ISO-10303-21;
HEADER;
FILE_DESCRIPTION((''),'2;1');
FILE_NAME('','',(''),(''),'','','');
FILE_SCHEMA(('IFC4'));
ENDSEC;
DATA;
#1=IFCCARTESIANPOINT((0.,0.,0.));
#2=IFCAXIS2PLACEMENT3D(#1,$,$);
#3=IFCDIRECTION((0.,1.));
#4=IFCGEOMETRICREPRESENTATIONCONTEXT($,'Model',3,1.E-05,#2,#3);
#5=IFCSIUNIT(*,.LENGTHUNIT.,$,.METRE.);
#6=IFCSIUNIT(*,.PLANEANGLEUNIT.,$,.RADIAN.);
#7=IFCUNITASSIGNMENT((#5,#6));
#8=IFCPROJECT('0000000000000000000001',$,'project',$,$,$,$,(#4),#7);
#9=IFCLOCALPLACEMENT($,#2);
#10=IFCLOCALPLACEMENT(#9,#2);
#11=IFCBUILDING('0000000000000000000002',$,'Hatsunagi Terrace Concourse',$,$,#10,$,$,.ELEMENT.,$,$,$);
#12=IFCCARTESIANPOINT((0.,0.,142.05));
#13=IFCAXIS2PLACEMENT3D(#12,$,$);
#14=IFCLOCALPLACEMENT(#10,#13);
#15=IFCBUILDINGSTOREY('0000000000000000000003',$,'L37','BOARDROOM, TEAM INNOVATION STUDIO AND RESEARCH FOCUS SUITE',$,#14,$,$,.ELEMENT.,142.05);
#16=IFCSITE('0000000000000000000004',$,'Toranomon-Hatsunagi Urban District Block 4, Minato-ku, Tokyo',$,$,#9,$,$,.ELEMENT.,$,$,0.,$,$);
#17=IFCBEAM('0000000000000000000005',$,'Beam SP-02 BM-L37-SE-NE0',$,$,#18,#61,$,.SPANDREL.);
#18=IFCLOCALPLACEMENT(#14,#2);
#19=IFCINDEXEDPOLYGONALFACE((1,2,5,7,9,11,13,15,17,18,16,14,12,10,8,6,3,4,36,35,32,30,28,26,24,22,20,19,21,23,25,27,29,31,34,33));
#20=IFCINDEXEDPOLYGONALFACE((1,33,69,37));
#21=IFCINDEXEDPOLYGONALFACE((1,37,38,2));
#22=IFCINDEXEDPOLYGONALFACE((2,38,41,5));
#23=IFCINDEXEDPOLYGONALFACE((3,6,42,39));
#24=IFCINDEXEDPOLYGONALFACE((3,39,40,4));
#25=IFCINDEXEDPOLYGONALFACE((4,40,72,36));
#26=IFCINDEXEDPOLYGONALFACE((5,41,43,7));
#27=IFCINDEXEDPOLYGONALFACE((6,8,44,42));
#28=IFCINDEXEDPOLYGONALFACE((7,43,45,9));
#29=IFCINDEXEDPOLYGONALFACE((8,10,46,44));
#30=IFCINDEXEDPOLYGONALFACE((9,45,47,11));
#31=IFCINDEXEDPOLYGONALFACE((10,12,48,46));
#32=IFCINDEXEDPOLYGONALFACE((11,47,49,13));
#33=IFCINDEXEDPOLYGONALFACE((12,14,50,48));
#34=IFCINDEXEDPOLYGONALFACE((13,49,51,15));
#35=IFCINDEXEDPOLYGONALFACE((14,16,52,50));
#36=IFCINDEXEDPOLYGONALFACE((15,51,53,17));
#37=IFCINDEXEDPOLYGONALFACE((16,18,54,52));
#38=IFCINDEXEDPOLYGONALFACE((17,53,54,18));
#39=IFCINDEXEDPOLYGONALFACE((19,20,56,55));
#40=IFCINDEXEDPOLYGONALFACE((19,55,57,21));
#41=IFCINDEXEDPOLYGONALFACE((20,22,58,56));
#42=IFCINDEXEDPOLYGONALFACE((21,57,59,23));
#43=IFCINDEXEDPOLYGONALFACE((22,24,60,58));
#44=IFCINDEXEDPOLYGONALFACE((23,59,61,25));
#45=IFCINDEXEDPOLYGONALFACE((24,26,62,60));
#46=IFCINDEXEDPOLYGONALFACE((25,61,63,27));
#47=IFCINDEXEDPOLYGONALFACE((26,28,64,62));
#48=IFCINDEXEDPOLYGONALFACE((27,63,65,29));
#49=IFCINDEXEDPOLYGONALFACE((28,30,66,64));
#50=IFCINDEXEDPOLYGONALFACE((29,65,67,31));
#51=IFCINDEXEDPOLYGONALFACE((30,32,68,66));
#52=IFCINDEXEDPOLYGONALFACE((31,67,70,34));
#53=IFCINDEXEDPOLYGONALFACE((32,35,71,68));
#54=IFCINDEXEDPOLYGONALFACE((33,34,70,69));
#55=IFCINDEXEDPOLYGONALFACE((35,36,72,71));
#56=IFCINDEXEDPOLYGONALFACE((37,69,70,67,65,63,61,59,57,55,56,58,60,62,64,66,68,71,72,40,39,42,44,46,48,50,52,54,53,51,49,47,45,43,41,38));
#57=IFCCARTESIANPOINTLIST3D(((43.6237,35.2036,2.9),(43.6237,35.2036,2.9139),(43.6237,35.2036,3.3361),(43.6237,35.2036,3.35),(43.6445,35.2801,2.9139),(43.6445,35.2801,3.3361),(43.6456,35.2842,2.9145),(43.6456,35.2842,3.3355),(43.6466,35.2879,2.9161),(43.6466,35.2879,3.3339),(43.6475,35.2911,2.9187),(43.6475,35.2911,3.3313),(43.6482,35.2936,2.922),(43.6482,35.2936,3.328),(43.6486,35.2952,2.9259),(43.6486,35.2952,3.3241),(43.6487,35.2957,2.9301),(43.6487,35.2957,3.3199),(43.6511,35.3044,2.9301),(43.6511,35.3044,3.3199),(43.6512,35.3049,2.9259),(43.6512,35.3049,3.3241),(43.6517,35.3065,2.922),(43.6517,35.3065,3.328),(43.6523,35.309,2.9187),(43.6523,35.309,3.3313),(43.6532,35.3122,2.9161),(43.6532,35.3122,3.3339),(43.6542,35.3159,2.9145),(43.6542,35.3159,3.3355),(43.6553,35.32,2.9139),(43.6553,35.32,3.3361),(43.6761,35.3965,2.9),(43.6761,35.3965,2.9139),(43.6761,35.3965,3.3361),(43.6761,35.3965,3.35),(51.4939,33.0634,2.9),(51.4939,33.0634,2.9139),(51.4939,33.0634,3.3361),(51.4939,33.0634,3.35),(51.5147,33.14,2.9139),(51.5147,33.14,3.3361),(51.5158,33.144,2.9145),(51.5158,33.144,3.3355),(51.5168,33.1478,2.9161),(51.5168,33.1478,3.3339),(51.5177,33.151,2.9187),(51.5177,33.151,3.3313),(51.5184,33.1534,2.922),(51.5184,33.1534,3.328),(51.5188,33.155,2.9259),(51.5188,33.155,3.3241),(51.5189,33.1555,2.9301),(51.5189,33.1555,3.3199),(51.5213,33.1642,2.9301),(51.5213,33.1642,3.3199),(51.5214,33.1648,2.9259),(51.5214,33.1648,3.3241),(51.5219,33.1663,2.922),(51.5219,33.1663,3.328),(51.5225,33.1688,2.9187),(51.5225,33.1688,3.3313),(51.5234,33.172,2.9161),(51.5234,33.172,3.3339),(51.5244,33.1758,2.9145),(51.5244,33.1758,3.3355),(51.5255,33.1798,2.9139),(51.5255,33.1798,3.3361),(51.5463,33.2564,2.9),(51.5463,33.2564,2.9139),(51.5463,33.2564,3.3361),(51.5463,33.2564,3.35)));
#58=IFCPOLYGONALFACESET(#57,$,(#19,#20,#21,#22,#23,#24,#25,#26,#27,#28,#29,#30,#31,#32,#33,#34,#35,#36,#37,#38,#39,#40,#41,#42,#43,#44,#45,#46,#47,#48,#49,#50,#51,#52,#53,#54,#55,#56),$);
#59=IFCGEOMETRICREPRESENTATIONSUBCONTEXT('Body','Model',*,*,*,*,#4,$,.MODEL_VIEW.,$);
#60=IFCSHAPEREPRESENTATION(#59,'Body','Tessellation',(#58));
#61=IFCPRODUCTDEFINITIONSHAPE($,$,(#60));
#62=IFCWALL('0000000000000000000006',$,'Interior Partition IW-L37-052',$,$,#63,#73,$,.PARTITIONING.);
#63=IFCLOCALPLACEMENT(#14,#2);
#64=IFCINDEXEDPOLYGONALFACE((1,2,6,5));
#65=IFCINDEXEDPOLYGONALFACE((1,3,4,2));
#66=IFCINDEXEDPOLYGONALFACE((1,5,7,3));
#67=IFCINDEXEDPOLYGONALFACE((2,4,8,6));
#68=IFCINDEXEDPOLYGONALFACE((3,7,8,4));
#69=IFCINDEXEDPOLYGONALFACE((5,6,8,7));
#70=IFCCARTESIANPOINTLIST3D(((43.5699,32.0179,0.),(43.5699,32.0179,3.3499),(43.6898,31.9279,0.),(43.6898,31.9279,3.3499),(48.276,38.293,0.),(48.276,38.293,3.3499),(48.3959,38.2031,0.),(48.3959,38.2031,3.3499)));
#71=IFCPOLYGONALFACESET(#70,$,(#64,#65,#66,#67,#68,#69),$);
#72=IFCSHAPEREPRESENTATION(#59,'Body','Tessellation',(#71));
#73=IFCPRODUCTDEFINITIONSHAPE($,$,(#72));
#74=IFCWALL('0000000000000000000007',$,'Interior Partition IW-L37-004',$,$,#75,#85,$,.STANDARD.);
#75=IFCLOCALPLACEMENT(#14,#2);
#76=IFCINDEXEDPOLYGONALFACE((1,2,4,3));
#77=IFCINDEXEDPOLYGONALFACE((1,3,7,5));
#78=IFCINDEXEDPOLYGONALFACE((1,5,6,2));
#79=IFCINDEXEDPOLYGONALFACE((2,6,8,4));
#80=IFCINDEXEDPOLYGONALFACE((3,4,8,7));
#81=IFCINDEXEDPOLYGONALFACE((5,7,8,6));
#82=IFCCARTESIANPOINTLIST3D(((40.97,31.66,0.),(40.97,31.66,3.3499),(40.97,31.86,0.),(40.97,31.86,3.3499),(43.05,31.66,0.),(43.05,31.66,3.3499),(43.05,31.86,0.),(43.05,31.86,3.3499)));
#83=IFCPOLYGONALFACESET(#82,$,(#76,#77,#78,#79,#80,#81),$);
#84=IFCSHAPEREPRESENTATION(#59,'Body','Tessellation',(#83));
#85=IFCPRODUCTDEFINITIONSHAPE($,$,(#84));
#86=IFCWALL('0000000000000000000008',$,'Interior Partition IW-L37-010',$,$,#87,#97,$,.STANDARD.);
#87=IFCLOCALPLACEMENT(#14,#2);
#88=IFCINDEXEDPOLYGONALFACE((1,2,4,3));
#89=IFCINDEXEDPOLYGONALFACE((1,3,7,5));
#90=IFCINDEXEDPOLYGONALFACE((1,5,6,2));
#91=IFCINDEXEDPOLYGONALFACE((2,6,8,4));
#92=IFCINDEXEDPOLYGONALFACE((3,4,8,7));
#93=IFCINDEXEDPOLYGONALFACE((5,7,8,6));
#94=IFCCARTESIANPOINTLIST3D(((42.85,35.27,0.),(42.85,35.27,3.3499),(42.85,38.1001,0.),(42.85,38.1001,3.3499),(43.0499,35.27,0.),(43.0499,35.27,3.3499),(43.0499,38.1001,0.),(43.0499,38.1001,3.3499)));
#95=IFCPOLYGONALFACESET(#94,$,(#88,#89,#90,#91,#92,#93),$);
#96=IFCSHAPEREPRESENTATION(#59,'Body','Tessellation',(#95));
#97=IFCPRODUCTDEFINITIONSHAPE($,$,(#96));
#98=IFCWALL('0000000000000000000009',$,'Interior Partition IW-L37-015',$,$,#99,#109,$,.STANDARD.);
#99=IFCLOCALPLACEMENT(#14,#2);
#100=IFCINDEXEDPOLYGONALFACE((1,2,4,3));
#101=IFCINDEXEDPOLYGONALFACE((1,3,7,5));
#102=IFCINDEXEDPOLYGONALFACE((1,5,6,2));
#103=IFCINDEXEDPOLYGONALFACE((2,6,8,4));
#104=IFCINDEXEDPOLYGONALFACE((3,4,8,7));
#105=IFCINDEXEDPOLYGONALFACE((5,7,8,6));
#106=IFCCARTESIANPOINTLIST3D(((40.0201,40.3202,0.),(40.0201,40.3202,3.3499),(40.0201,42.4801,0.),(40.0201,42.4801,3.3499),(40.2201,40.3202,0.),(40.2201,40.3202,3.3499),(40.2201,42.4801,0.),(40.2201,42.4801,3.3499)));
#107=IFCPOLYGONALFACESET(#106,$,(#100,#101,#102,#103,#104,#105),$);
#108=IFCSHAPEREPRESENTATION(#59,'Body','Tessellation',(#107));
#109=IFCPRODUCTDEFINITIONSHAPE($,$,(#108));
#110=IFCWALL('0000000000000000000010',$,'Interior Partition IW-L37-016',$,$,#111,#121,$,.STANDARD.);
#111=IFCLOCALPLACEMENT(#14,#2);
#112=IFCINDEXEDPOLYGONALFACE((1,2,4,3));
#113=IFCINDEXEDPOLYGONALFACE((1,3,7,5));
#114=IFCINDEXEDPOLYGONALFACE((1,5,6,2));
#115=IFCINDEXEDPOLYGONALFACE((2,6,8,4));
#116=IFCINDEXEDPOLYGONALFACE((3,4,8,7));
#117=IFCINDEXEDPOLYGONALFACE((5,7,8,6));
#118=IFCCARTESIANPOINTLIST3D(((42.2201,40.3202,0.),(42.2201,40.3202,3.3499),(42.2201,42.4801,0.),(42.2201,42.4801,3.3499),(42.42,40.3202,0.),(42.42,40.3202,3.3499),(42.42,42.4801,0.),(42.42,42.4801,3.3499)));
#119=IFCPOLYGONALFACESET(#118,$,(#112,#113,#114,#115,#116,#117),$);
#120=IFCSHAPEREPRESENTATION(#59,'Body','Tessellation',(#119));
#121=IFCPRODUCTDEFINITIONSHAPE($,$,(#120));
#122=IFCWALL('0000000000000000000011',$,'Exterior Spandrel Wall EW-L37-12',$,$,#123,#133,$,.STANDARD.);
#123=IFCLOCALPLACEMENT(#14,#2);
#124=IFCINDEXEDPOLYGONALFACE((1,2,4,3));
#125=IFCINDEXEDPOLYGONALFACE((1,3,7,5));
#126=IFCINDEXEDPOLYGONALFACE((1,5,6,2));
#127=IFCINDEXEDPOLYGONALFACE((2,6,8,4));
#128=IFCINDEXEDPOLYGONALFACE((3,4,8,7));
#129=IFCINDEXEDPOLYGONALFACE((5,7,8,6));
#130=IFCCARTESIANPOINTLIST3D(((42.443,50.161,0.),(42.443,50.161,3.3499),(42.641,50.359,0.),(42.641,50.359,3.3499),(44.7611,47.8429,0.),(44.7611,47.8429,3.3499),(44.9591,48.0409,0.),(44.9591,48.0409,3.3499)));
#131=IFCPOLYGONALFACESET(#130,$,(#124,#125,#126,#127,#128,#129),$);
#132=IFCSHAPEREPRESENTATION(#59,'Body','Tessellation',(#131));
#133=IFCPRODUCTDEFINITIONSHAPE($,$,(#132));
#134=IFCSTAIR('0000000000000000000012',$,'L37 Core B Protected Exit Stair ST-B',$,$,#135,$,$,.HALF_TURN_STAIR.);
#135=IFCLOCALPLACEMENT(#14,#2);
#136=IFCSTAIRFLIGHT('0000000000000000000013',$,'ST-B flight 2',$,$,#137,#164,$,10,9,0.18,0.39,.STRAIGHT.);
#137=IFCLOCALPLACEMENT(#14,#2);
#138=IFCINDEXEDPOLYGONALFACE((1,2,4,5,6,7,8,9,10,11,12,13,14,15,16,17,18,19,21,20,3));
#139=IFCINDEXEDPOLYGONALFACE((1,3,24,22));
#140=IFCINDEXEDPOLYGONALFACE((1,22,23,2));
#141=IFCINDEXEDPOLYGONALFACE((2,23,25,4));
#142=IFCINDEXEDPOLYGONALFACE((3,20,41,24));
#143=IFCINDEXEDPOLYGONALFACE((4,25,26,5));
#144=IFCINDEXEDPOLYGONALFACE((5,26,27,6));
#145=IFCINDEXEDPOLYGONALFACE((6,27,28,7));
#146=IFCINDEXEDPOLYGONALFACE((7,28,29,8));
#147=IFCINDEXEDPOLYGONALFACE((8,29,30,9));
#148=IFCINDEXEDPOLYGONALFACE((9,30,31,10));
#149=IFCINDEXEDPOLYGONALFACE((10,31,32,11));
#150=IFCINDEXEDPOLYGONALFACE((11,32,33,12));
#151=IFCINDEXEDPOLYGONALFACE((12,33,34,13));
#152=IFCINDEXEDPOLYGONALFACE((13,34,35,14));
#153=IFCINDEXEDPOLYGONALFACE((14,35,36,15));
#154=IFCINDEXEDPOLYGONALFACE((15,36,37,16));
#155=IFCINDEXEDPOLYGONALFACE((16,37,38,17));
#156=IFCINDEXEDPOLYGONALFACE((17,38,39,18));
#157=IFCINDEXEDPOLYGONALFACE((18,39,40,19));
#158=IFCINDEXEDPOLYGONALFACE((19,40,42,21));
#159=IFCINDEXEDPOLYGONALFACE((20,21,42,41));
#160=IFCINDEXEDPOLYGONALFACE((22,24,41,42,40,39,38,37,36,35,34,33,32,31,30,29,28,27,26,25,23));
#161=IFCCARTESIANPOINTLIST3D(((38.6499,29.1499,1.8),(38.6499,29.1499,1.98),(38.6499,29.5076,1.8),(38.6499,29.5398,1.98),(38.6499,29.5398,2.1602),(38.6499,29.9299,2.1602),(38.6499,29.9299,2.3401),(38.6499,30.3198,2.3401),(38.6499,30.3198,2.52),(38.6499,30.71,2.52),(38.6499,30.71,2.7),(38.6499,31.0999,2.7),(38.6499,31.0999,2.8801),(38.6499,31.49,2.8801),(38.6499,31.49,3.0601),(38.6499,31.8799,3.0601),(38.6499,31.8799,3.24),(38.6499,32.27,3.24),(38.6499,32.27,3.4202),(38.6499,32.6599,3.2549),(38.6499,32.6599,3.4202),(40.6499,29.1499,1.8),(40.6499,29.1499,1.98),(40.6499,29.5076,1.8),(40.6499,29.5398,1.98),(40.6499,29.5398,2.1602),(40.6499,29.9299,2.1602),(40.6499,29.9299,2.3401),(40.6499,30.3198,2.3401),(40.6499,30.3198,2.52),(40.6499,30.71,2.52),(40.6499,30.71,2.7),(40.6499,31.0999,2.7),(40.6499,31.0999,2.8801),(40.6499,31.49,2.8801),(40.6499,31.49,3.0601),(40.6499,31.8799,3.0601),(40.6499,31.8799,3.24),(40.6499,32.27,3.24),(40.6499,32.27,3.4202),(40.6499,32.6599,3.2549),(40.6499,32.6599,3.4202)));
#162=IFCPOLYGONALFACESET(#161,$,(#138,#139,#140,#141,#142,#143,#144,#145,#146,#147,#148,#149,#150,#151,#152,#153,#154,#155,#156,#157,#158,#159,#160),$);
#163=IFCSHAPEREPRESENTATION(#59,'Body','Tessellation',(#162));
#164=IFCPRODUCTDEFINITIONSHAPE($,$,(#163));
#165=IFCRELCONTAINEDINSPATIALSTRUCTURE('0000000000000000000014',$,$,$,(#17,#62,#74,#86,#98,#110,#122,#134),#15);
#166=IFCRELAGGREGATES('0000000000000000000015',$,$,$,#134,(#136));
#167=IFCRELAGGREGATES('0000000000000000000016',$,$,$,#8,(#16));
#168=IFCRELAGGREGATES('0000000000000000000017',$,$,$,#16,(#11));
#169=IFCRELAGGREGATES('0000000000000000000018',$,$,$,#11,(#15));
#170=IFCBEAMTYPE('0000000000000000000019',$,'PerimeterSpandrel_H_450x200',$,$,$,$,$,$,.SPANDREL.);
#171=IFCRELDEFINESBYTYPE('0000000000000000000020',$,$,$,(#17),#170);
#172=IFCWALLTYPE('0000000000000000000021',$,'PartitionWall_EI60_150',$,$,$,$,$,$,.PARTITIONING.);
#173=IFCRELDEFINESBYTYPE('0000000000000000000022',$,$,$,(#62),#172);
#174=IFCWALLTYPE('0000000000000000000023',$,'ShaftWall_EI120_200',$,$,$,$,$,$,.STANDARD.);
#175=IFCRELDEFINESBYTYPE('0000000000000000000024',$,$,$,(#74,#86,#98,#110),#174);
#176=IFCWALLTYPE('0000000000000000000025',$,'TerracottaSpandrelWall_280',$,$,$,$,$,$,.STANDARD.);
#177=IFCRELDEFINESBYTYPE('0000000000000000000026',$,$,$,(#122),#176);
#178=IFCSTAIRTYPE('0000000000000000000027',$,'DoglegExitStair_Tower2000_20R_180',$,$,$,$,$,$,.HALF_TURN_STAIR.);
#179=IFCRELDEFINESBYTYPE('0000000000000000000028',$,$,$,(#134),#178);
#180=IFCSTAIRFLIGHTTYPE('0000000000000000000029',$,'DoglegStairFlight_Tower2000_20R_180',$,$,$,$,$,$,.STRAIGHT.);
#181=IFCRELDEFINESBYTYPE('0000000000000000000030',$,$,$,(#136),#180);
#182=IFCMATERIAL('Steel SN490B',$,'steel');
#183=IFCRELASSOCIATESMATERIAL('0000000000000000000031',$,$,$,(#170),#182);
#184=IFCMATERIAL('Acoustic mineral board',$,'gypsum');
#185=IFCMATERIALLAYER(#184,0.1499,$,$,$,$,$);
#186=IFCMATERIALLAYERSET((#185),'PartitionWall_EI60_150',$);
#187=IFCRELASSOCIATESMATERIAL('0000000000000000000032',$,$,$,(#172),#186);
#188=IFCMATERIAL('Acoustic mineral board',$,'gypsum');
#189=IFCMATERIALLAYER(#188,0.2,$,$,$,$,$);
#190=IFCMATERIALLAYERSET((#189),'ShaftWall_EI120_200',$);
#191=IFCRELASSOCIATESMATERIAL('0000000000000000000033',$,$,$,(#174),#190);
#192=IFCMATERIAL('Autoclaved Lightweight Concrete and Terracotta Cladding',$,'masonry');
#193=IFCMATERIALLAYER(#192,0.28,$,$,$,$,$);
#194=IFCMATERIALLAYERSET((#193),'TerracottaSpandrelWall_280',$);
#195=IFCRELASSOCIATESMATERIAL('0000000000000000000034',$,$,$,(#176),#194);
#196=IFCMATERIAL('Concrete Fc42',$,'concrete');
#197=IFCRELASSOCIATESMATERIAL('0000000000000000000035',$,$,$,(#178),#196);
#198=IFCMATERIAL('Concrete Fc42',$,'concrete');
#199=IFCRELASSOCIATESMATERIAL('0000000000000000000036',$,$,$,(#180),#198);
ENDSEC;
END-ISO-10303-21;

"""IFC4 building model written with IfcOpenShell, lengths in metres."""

from ifc_helpers import new_model, si_unit, direction, frame, frame_2d, origin, origin_2d, place, context, subcontext, project, spatial, polyline, rectangle, i_section, outline, extrude, material, layer, layer_set, material_profile, profile_set, type_object, element, aggregate, save


model = new_model("IFC4")

# Units and contexts
model_context = context("Model", 3, precision=1e-05, world=origin(), true_north=direction((0.0, 1.0)))
body_context = subcontext(model_context, "Body", "Model", "MODEL_VIEW")
ifc_project = project(units=[si_unit("LENGTHUNIT", "METRE"), si_unit("PLANEANGLEUNIT", "RADIAN")], contexts=[model_context])

# Site, building, storey
site_placement = place(None, origin())
site = spatial("IfcSite", under=ifc_project, at=site_placement, Name="Toranomon-Hatsunagi Urban District Block 4, Minato-ku, Tokyo", CompositionType="ELEMENT", RefElevation=0.0)
building_placement = place(site_placement, origin())
building = spatial("IfcBuilding", under=site, at=building_placement, Name="Hatsunagi Terrace Concourse", CompositionType="ELEMENT")
storey_placement = place(building_placement, frame((0.0, 0.0, 142.05)))
storey = spatial("IfcBuildingStorey", under=building, at=storey_placement, Name="L37", Description="BOARDROOM, TEAM INNOVATION STUDIO AND RESEARCH FOCUS SUITE", CompositionType="ELEMENT", Elevation=142.05)

# Beam
ifc_material_1 = material(Name="Steel SN490B", Category="steel")
ifc_material_profile_1 = material_profile(ifc_material_1, i_section(OverallWidth=0.2, OverallDepth=0.45, WebThickness=0.009, FlangeThickness=0.0139, FilletRadius=0.0161, at=origin_2d()), Name="H-450x200x9x14")
ifc_profile_set_1 = profile_set([ifc_material_profile_1], Name="Steel SN490B")
beam_type_1 = type_object("IfcBeamType", Name="PerimeterSpandrel_H_450x200", PredefinedType="SPANDREL", material=ifc_profile_set_1)
beam_1_placement = place(storey_placement, frame((43.6499, 35.3, 3.125), z_axis=(0.964958, -0.262403, 0.0), x_axis=(0.262403, 0.964958, 0.0)))
element("IfcBeam", 1, at=beam_1_placement, inside=storey, type_object=beam_type_1, Name="Beam SP-02 BM-L37-SE-NE0", PredefinedType="SPANDREL", context=body_context, shape_type="SweptSolid", body=[
    extrude(i_section(OverallWidth=0.2, OverallDepth=0.45, WebThickness=0.009, FlangeThickness=0.0139, FilletRadius=0.0161, at=origin_2d()), origin(), (0.0, 0.0, 1.0), 8.156),
])

# Walls
ifc_material_2 = material(Name="Acoustic mineral board", Category="gypsum")
ifc_layer_1 = layer(ifc_material_2, 0.1499)
ifc_layer_set_1 = layer_set([ifc_layer_1], Name="PartitionWall_EI60_150")
wall_type_1 = type_object("IfcWallType", Name="PartitionWall_EI60_150", PredefinedType="PARTITIONING", material=ifc_layer_set_1)
wall_1_placement = place(storey_placement, frame((43.6299, 31.9729, 0.0), z_axis=(0.0, 0.0, 1.0), x_axis=(0.599975, 0.800019, 0.0)))
element("IfcWall", 2, at=wall_1_placement, inside=storey, type_object=wall_type_1, Name="Interior Partition IW-L37-052", PredefinedType="PARTITIONING", context=body_context, shape_type="SweptSolid", body=[
    extrude(rectangle(XDim=7.8438, YDim=0.1499, at=frame_2d((3.9219, 0.0))), origin(), (0.0, 0.0, 1.0), 3.3499),
])
ifc_material_3 = material(Name="Acoustic mineral board", Category="gypsum")
ifc_layer_2 = layer(ifc_material_3, 0.2)
ifc_layer_set_2 = layer_set([ifc_layer_2], Name="ShaftWall_EI120_200")
wall_type_2 = type_object("IfcWallType", Name="ShaftWall_EI120_200", PredefinedType="STANDARD", material=ifc_layer_set_2)
wall_2_placement = place(storey_placement, frame((40.97, 31.76, 0.0), z_axis=(0.0, 0.0, 1.0), x_axis=(1.0, 0.0, 0.0)))
element("IfcWall", 3, at=wall_2_placement, inside=storey, type_object=wall_type_2, Name="Interior Partition IW-L37-004", PredefinedType="STANDARD", context=body_context, shape_type="SweptSolid", body=[
    extrude(rectangle(XDim=2.0801, YDim=0.2, at=frame_2d((1.04, 0.0))), origin(), (0.0, 0.0, 1.0), 3.3499),
])
wall_3_placement = place(storey_placement, frame((42.95, 35.27, 0.0), z_axis=(0.0, 0.0, 1.0), x_axis=(0.0, 1.0, 0.0)))
element("IfcWall", 4, at=wall_3_placement, inside=storey, type_object=wall_type_2, Name="Interior Partition IW-L37-010", PredefinedType="STANDARD", context=body_context, shape_type="SweptSolid", body=[
    extrude(rectangle(XDim=2.8301, YDim=0.2, at=frame_2d((1.415, 0.0))), origin(), (0.0, 0.0, 1.0), 3.3499),
])
for number, where, z_axis, x_axis, name in (
    (5, (40.1201, 40.3201, 0.0), (0.0, 0.0, 1.0), (0.0, 1.0, 0.0), "Interior Partition IW-L37-015"),
    (6, (42.3201, 40.3201, 0.0), (0.0, 0.0, 1.0), (0.0, 1.0, 0.0), "Interior Partition IW-L37-016"),
):
    element("IfcWall", number, at=place(storey_placement, frame(where, z_axis=z_axis, x_axis=x_axis)), inside=storey, type_object=wall_type_2, Name=name, PredefinedType="STANDARD", context=body_context, shape_type="SweptSolid", body=[
        extrude(rectangle(XDim=2.1599, YDim=0.2, at=frame_2d((1.0801, 0.0))), origin(), (0.0, 0.0, 1.0), 3.3499),
    ])
ifc_material_4 = material(Name="Autoclaved Lightweight Concrete and Terracotta Cladding", Category="masonry")
ifc_layer_3 = layer(ifc_material_4, 0.28)
ifc_layer_set_3 = layer_set([ifc_layer_3], Name="TerracottaSpandrelWall_280")
wall_type_3 = type_object("IfcWallType", Name="TerracottaSpandrelWall_280", PredefinedType="STANDARD", material=ifc_layer_set_3)
wall_4_placement = place(storey_placement, frame((42.542, 50.26, 0.0), z_axis=(0.0, 0.0, 1.0), x_axis=(0.707107, -0.707107, 0.0)))
element("IfcWall", 7, at=wall_4_placement, inside=storey, type_object=wall_type_3, Name="Exterior Spandrel Wall EW-L37-12", PredefinedType="STANDARD", context=body_context, shape_type="SweptSolid", body=[
    extrude(rectangle(XDim=3.2783, YDim=0.28, at=frame_2d((1.6392, 0.0))), origin(), (0.0, 0.0, 1.0), 3.3499),
])

# Stair, stair flight
ifc_material_5 = material(Name="Concrete Fc42", Category="concrete")
stair_type = type_object("IfcStairType", Name="DoglegExitStair_Tower2000_20R_180", PredefinedType="HALF_TURN_STAIR", material=ifc_material_5)
stair_placement = place(storey_placement, origin())
stair = element("IfcStair", 8, at=stair_placement, inside=storey, type_object=stair_type, Name="L37 Core B Protected Exit Stair ST-B", PredefinedType="HALF_TURN_STAIR")
ifc_material_6 = material(Name="Concrete Fc42", Category="concrete")
stair_flight_type = type_object("IfcStairFlightType", Name="DoglegStairFlight_Tower2000_20R_180", PredefinedType="STRAIGHT", material=ifc_material_6)
stair_flight_placement = place(storey_placement, frame((39.6499, 29.1499, 1.8), z_axis=(0.0, 0.0, 1.0), x_axis=(0.0, 1.0, 0.0)))
stair_flight = element("IfcStairFlight", 9, at=stair_flight_placement, type_object=stair_flight_type, Name="ST-B flight 2", NumberOfRisers=10, NumberOfTreads=9, PredefinedType="STRAIGHT", RiserHeight=0.18, TreadLength=0.39, context=body_context, shape_type="SweptSolid", body=[
    extrude(outline(polyline([(0.0, 0.0), (0.0, 0.1799), (0.3899, 0.1799), (0.3899, 0.3601), (0.78, 0.3601), (0.78, 0.54), (1.1699, 0.54), (1.1699, 0.72), (1.5601, 0.72), (1.5601, 0.8999), (1.95, 0.8999), (1.95, 1.0801), (2.3401, 1.0801), (2.3401, 1.26), (2.73, 1.26), (2.73, 1.4399), (3.1201, 1.4399), (3.1201, 1.6201), (3.51, 1.6201), (3.51, 1.8), (3.51, 1.4548), (0.3577, 0.0), (0.0, 0.0)])), frame((0.0, 1.0, 0.0), z_axis=(0.0, -1.0, 0.0), x_axis=(1.0, 0.0, 0.0)), (0.0, 0.0, 1.0), 2.0),
])
aggregate(stair, [stair_flight])

save(model, "model.ifc")
